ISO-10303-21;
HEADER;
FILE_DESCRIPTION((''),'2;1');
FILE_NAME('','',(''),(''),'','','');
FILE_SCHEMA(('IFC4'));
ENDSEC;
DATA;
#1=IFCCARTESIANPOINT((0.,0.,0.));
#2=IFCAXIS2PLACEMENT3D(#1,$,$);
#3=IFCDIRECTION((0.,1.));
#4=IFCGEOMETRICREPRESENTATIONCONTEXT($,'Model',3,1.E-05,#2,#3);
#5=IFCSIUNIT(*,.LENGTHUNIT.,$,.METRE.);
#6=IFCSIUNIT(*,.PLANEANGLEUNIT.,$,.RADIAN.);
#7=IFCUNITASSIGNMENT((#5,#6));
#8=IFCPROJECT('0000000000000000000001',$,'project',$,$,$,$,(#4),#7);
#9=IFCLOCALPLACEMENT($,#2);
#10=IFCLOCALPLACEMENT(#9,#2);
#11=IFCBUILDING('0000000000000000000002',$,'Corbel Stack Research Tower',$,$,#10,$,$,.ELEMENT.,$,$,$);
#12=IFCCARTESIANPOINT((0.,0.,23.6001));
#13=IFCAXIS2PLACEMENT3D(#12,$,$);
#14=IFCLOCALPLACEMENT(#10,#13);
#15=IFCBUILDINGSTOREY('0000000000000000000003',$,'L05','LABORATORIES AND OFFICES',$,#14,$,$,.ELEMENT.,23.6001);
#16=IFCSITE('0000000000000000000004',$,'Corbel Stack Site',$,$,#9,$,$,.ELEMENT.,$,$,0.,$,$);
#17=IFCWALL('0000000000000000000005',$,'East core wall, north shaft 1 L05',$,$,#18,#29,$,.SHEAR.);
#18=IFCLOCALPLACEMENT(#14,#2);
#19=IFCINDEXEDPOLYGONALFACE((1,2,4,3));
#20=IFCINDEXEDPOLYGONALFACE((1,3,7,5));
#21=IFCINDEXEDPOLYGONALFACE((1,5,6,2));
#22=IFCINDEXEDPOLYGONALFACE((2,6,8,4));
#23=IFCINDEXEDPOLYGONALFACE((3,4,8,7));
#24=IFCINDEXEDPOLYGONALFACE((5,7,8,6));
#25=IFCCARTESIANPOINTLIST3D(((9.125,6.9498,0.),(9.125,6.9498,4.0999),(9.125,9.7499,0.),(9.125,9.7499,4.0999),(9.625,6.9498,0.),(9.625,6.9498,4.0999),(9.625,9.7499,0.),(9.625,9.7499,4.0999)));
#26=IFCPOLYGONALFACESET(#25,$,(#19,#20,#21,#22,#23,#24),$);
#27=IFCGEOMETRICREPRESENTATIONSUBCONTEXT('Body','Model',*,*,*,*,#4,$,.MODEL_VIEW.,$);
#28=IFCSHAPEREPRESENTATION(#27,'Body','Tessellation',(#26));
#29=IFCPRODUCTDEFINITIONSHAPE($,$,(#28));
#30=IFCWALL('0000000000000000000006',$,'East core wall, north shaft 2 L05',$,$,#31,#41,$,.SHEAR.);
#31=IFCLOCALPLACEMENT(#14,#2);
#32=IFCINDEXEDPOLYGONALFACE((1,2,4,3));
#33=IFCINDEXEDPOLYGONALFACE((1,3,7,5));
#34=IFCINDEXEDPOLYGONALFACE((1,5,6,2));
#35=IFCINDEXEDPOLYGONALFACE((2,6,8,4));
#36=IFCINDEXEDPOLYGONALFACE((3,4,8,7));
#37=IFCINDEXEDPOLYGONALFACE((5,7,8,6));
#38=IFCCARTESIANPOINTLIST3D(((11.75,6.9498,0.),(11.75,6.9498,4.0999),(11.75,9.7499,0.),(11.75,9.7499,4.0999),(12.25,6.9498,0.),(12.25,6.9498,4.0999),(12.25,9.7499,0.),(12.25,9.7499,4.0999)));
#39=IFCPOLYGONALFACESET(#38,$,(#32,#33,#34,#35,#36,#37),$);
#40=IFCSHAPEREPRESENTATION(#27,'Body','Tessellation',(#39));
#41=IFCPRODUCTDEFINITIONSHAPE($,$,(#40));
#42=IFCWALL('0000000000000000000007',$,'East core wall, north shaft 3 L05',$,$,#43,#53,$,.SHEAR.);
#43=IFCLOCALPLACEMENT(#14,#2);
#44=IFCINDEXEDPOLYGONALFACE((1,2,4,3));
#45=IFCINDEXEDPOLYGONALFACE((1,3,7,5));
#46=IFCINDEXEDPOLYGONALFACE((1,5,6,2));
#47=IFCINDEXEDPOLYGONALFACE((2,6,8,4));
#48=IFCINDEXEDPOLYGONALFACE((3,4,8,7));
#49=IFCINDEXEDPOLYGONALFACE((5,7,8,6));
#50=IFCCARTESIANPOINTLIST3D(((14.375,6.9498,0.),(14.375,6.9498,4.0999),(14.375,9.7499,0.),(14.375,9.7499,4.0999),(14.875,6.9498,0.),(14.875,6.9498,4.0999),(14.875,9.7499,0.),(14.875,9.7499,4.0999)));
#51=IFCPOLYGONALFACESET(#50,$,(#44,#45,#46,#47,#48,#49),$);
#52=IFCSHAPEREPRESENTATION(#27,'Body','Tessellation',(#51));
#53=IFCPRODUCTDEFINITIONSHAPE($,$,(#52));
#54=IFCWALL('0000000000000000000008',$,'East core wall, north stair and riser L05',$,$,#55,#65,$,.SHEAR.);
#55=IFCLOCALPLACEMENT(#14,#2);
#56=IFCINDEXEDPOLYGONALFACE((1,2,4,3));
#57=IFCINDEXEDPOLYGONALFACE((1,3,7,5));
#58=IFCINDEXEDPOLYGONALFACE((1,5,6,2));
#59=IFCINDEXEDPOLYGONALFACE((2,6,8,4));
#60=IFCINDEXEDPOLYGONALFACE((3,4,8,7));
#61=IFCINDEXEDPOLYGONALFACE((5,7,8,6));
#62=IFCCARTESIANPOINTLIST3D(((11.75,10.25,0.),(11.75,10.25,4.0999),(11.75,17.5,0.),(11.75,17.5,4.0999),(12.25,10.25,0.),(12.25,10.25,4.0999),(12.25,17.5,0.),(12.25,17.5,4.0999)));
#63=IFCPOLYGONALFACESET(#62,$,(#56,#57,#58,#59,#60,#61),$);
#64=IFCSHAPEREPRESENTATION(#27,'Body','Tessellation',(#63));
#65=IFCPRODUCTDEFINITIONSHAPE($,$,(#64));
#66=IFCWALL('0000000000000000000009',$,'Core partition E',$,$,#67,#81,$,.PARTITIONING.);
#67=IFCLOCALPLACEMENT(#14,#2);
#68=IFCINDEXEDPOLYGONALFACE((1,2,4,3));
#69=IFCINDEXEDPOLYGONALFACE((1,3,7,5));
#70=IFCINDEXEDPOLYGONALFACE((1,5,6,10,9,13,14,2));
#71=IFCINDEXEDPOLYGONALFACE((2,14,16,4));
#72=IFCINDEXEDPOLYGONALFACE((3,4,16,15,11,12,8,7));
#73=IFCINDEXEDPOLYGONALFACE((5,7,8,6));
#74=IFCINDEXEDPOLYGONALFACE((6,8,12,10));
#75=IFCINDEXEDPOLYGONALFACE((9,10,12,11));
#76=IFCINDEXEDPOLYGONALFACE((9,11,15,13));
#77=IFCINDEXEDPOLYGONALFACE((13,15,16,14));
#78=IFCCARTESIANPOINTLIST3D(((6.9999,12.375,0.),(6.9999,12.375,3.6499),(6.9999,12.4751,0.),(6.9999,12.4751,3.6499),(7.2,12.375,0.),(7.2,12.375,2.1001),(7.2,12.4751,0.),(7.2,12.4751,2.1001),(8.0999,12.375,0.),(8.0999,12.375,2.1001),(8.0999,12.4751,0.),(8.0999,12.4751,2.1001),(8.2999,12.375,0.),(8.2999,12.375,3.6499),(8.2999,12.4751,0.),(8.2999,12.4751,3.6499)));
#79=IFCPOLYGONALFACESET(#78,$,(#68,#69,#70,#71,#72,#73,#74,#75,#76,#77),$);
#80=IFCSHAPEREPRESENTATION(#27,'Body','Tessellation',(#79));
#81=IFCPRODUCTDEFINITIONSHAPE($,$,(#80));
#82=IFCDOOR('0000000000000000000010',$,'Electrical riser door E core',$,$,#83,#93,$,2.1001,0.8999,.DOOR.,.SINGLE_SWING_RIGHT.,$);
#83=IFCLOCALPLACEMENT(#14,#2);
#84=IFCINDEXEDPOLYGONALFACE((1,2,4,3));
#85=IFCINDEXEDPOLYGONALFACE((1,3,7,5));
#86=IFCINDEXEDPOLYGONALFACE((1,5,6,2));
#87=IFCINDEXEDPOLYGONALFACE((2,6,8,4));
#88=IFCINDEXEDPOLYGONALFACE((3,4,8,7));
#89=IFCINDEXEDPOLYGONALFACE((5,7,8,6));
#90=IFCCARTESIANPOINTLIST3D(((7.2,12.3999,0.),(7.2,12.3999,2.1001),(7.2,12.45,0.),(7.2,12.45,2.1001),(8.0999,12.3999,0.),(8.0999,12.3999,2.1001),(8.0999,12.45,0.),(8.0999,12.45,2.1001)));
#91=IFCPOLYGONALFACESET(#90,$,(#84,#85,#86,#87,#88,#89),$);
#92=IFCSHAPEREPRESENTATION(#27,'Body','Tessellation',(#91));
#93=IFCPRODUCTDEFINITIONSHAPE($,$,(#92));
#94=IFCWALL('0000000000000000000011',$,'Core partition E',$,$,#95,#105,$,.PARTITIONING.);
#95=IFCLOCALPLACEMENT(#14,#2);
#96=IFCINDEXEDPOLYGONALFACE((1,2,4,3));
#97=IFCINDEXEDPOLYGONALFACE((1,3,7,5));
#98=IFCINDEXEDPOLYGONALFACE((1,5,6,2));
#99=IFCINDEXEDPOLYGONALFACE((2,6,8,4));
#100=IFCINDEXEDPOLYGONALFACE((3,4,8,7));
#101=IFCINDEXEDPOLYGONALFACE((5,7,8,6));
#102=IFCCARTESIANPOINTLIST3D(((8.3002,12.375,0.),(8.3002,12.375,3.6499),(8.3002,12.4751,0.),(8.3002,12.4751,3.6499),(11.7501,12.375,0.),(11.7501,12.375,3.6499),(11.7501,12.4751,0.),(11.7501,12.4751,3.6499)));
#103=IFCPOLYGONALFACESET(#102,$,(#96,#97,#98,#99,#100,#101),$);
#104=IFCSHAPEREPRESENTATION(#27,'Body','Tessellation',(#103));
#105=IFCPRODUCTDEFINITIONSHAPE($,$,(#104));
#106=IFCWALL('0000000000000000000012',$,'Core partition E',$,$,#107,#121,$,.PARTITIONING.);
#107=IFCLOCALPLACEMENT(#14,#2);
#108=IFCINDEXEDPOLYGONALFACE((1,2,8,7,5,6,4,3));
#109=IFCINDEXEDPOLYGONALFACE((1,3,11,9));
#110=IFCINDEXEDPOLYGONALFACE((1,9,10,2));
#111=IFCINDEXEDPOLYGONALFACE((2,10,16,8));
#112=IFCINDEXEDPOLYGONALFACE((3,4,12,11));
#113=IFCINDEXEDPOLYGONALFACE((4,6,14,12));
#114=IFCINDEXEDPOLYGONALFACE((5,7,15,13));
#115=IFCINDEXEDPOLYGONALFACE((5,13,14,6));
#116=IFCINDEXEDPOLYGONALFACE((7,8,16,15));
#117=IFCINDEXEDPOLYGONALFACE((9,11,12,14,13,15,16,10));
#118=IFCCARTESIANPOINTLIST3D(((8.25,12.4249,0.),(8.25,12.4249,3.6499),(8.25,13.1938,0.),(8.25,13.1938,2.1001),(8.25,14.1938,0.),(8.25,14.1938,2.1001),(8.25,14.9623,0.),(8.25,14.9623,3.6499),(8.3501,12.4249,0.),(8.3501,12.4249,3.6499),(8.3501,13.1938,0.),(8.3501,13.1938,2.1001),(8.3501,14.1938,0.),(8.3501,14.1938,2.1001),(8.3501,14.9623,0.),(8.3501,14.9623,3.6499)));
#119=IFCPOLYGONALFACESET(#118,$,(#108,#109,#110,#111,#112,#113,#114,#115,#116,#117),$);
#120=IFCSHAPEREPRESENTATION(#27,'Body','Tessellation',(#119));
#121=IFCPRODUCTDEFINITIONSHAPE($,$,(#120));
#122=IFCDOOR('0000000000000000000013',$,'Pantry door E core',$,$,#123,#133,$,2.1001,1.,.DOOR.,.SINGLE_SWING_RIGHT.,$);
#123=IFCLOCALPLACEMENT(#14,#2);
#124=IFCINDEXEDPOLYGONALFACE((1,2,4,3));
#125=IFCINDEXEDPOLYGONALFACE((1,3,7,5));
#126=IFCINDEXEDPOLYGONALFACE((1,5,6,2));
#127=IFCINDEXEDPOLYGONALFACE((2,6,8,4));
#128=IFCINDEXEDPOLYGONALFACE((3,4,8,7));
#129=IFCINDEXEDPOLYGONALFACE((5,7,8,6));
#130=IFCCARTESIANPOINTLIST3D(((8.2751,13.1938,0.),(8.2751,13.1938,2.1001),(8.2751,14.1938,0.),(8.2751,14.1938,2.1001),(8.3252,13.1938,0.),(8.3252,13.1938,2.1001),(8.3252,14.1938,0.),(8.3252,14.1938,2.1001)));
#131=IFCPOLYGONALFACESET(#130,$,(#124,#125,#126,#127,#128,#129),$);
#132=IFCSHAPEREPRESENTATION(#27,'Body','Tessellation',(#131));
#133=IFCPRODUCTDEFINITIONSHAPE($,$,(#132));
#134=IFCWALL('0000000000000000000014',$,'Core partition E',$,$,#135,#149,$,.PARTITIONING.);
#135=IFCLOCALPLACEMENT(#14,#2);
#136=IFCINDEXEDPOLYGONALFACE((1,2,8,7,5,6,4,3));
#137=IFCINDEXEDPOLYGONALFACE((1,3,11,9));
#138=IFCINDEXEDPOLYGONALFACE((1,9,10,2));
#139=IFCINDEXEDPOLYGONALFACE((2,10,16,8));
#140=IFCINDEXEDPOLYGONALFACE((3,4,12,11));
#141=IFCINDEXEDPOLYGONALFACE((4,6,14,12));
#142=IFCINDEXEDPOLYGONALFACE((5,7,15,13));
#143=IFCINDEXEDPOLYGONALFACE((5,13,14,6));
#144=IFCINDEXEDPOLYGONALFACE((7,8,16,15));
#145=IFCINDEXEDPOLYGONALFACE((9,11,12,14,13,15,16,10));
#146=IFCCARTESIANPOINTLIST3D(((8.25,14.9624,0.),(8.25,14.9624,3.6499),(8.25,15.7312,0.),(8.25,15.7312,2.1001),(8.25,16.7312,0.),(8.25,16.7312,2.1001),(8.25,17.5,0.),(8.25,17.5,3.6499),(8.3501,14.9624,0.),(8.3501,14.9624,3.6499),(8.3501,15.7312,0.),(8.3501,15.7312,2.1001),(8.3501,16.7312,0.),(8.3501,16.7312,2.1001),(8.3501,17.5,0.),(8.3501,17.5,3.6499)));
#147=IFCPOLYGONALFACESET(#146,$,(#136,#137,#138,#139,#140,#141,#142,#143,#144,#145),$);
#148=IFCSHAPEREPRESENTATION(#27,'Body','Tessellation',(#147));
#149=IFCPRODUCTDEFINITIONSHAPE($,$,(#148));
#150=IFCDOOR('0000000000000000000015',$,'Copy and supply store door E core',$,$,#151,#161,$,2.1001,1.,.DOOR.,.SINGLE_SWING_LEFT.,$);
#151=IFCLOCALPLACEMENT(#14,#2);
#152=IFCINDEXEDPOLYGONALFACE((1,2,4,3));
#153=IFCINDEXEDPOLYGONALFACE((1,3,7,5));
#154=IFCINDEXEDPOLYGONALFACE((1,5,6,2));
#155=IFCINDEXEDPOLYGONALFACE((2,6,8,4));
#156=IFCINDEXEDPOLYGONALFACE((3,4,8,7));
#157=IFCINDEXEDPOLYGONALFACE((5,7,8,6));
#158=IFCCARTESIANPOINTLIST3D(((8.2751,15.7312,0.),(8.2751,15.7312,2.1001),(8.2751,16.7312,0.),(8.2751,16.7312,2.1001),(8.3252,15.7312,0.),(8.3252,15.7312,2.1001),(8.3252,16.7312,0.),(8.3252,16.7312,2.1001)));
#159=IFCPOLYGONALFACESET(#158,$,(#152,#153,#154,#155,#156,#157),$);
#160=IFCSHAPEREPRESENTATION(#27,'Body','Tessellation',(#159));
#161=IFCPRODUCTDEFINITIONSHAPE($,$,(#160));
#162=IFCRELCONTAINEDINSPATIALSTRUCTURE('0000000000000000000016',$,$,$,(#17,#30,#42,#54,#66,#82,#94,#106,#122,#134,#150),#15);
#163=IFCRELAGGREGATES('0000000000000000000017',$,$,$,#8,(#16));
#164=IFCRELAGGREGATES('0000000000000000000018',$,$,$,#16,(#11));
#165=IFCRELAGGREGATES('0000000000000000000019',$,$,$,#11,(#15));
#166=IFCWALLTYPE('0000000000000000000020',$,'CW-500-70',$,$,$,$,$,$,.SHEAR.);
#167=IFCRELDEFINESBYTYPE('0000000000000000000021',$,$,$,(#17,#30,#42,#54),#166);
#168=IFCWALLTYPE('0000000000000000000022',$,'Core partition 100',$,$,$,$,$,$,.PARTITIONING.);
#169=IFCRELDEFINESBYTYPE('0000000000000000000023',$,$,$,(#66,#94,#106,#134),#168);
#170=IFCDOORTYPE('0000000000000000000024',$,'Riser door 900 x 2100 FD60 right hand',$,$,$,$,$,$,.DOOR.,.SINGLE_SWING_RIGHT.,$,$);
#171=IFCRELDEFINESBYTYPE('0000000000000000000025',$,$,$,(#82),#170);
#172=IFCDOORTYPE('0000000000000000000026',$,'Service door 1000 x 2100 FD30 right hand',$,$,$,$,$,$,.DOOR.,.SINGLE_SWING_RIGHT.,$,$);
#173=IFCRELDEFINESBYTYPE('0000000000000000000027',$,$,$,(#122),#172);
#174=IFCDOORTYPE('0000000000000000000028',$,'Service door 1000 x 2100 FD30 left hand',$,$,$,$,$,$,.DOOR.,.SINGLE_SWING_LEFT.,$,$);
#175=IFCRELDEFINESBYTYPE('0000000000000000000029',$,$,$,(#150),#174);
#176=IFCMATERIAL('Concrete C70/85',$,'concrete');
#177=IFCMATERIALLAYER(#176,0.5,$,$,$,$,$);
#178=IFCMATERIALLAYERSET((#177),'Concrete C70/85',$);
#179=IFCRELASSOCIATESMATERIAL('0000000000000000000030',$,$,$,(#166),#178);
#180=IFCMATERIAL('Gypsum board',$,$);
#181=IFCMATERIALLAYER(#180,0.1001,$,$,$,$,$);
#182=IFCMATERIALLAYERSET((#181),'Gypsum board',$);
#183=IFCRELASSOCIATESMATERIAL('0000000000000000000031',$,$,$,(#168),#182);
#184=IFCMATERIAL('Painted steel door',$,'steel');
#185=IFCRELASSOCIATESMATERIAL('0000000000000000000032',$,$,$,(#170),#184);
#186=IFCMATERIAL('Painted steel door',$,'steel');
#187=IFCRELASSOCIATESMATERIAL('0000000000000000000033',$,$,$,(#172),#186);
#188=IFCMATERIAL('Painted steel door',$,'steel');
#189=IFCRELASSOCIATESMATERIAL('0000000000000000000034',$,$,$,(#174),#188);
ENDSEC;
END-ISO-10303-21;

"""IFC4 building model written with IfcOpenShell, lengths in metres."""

from ifc_helpers import new_model, si_unit, direction, frame, frame_2d, origin, place, context, subcontext, project, spatial, rectangle, extrude, material, layer, layer_set, type_object, element, fill, save


model = new_model("IFC4")

# Units and contexts
model_context = context("Model", 3, precision=1e-05, world=origin(), true_north=direction((0.0, 1.0)))
body_context = subcontext(model_context, "Body", "Model", "MODEL_VIEW")
ifc_project = project(units=[si_unit("LENGTHUNIT", "METRE"), si_unit("PLANEANGLEUNIT", "RADIAN")], contexts=[model_context])

# Site, building, storey
site_placement = place(None, origin())
site = spatial("IfcSite", under=ifc_project, at=site_placement, Name="Corbel Stack Site", CompositionType="ELEMENT", RefElevation=0.0)
building_placement = place(site_placement, origin())
building = spatial("IfcBuilding", under=site, at=building_placement, Name="Corbel Stack Research Tower", CompositionType="ELEMENT")
storey_placement = place(building_placement, frame((0.0, 0.0, 23.6001)))
storey = spatial("IfcBuildingStorey", under=building, at=storey_placement, Name="L05", Description="LABORATORIES AND OFFICES", CompositionType="ELEMENT", Elevation=23.6001)

# Walls
ifc_material_1 = material(Name="Concrete C70/85", Category="concrete")
ifc_layer_1 = layer(ifc_material_1, 0.5)
ifc_layer_set_1 = layer_set([ifc_layer_1], Name="Concrete C70/85")
wall_type_1 = type_object("IfcWallType", Name="CW-500-70", PredefinedType="SHEAR", material=ifc_layer_set_1)
for number, where, z_axis, x_axis, name in (
    (1, (9.375, 6.95, 0.0), (0.0, 0.0, 1.0), (0.0, 1.0, 0.0), "East core wall, north shaft 1 L05"),
    (2, (12.0, 6.95, 0.0), (0.0, 0.0, 1.0), (0.0, 1.0, 0.0), "East core wall, north shaft 2 L05"),
    (3, (14.625, 6.95, 0.0), (0.0, 0.0, 1.0), (0.0, 1.0, 0.0), "East core wall, north shaft 3 L05"),
):
    element("IfcWall", number, at=place(storey_placement, frame(where, z_axis=z_axis, x_axis=x_axis)), inside=storey, type_object=wall_type_1, Name=name, PredefinedType="SHEAR", context=body_context, shape_type="SweptSolid", body=[
        extrude(rectangle(XDim=2.8, YDim=0.5, at=frame_2d((1.3999, 0.0))), origin(), (0.0, 0.0, 1.0), 4.0999),
    ])
wall_1_placement = place(storey_placement, frame((12.0, 10.25, 0.0), z_axis=(0.0, 0.0, 1.0), x_axis=(0.0, 1.0, 0.0)))
element("IfcWall", 4, at=wall_1_placement, inside=storey, type_object=wall_type_1, Name="East core wall, north stair and riser L05", PredefinedType="SHEAR", context=body_context, shape_type="SweptSolid", body=[
    extrude(rectangle(XDim=7.25, YDim=0.5, at=frame_2d((3.625, 0.0))), origin(), (0.0, 0.0, 1.0), 4.0999),
])

# Wall, opening, door
ifc_material_2 = material(Name="Gypsum board")
ifc_layer_2 = layer(ifc_material_2, 0.1001)
ifc_layer_set_2 = layer_set([ifc_layer_2], Name="Gypsum board")
wall_type_2 = type_object("IfcWallType", Name="Core partition 100", PredefinedType="PARTITIONING", material=ifc_layer_set_2)
wall_2_placement = place(storey_placement, frame((7.0, 12.425, 0.0), z_axis=(0.0, 0.0, 1.0), x_axis=(1.0, 0.0, 0.0)))
wall_2 = element("IfcWall", 5, at=wall_2_placement, inside=storey, type_object=wall_type_2, Name="Core partition E", PredefinedType="PARTITIONING", context=body_context, shape_type="SweptSolid", body=[
    extrude(rectangle(XDim=1.3, YDim=0.1001, at=frame_2d((0.6499, 0.0))), origin(), (0.0, 0.0, 1.0), 3.6499),
])
opening_1_placement = place(wall_2_placement, frame((0.2, 0.0, 0.0)))
opening_1 = element("IfcOpeningElement", 6, at=opening_1_placement, cuts=wall_2, PredefinedType="OPENING", context=body_context, shape_type="SweptSolid", body=[
    extrude(rectangle(XDim=0.8999, YDim=2.1001, at=frame_2d((0.45, 1.05))), frame((0.0, 0.0601, 0.0), z_axis=(0.0, -1.0, 0.0), x_axis=(1.0, 0.0, 0.0)), (0.0, 0.0, 1.0), 0.1201),
])
ifc_material_3 = material(Name="Painted steel door", Category="steel")
door_type_1 = type_object("IfcDoorType", Name="Riser door 900 x 2100 FD60 right hand", OperationType="SINGLE_SWING_RIGHT", PredefinedType="DOOR", material=ifc_material_3)
door_1_placement = place(opening_1_placement, origin())
door_1 = element("IfcDoor", 7, at=door_1_placement, inside=storey, type_object=door_type_1, Name="Electrical riser door E core", OperationType="SINGLE_SWING_RIGHT", OverallHeight=2.1001, OverallWidth=0.8999, PredefinedType="DOOR", context=body_context, shape_type="SweptSolid", body=[
    extrude(rectangle(XDim=0.8999, YDim=2.1001, at=frame_2d((0.45, 1.05))), frame((0.0, 0.0249, 0.0), z_axis=(0.0, -1.0, 0.0), x_axis=(1.0, 0.0, 0.0)), (0.0, 0.0, 1.0), 0.05),
])
fill(opening_1, door_1)

# Wall
wall_3_placement = place(storey_placement, frame((8.3, 12.425, 0.0), z_axis=(0.0, 0.0, 1.0), x_axis=(1.0, 0.0, 0.0)))
element("IfcWall", 8, at=wall_3_placement, inside=storey, type_object=wall_type_2, Name="Core partition E", PredefinedType="PARTITIONING", context=body_context, shape_type="SweptSolid", body=[
    extrude(rectangle(XDim=3.45, YDim=0.1001, at=frame_2d((1.7251, 0.0))), origin(), (0.0, 0.0, 1.0), 3.6499),
])

# Walls, openings, doors
wall_4_placement = place(storey_placement, frame((8.3, 12.425, 0.0), z_axis=(0.0, 0.0, 1.0), x_axis=(0.0, 1.0, 0.0)))
wall_4 = element("IfcWall", 9, at=wall_4_placement, inside=storey, type_object=wall_type_2, Name="Core partition E", PredefinedType="PARTITIONING", context=body_context, shape_type="SweptSolid", body=[
    extrude(rectangle(XDim=2.5374, YDim=0.1001, at=frame_2d((1.2686, 0.0))), origin(), (0.0, 0.0, 1.0), 3.6499),
])
opening_2_placement = place(wall_4_placement, frame((0.7688, 0.0, 0.0)))
opening_2 = element("IfcOpeningElement", 10, at=opening_2_placement, cuts=wall_4, PredefinedType="OPENING", context=body_context, shape_type="SweptSolid", body=[
    extrude(rectangle(XDim=1.0, YDim=2.1001, at=frame_2d((0.5, 1.05))), frame((0.0, 0.0601, 0.0), z_axis=(0.0, -1.0, 0.0), x_axis=(1.0, 0.0, 0.0)), (0.0, 0.0, 1.0), 0.1201),
])
ifc_material_4 = material(Name="Painted steel door", Category="steel")
door_type_2 = type_object("IfcDoorType", Name="Service door 1000 x 2100 FD30 right hand", OperationType="SINGLE_SWING_RIGHT", PredefinedType="DOOR", material=ifc_material_4)
door_2_placement = place(opening_2_placement, origin())
door_2 = element("IfcDoor", 11, at=door_2_placement, inside=storey, type_object=door_type_2, Name="Pantry door E core", OperationType="SINGLE_SWING_RIGHT", OverallHeight=2.1001, OverallWidth=1.0, PredefinedType="DOOR", context=body_context, shape_type="SweptSolid", body=[
    extrude(rectangle(XDim=1.0, YDim=2.1001, at=frame_2d((0.5, 1.05))), frame((0.0, 0.0249, 0.0), z_axis=(0.0, -1.0, 0.0), x_axis=(1.0, 0.0, 0.0)), (0.0, 0.0, 1.0), 0.05),
])
fill(opening_2, door_2)
wall_5_placement = place(storey_placement, frame((8.3, 14.9624, 0.0), z_axis=(0.0, 0.0, 1.0), x_axis=(0.0, 1.0, 0.0)))
wall_5 = element("IfcWall", 12, at=wall_5_placement, inside=storey, type_object=wall_type_2, Name="Core partition E", PredefinedType="PARTITIONING", context=body_context, shape_type="SweptSolid", body=[
    extrude(rectangle(XDim=2.5376, YDim=0.1001, at=frame_2d((1.2688, 0.0))), origin(), (0.0, 0.0, 1.0), 3.6499),
])
opening_3_placement = place(wall_5_placement, frame((0.7688, 0.0, 0.0)))
opening_3 = element("IfcOpeningElement", 13, at=opening_3_placement, cuts=wall_5, PredefinedType="OPENING", context=body_context, shape_type="SweptSolid", body=[
    extrude(rectangle(XDim=1.0, YDim=2.1001, at=frame_2d((0.5, 1.05))), frame((0.0, 0.0601, 0.0), z_axis=(0.0, -1.0, 0.0), x_axis=(1.0, 0.0, 0.0)), (0.0, 0.0, 1.0), 0.1201),
])
ifc_material_5 = material(Name="Painted steel door", Category="steel")
door_type_3 = type_object("IfcDoorType", Name="Service door 1000 x 2100 FD30 left hand", OperationType="SINGLE_SWING_LEFT", PredefinedType="DOOR", material=ifc_material_5)
door_3_placement = place(opening_3_placement, origin())
door_3 = element("IfcDoor", 14, at=door_3_placement, inside=storey, type_object=door_type_3, Name="Copy and supply store door E core", OperationType="SINGLE_SWING_LEFT", OverallHeight=2.1001, OverallWidth=1.0, PredefinedType="DOOR", context=body_context, shape_type="SweptSolid", body=[
    extrude(rectangle(XDim=1.0, YDim=2.1001, at=frame_2d((0.5, 1.05))), frame((0.0, 0.0249, 0.0), z_axis=(0.0, -1.0, 0.0), x_axis=(1.0, 0.0, 0.0)), (0.0, 0.0, 1.0), 0.05),
])
fill(opening_3, door_3)

save(model, "model.ifc")
